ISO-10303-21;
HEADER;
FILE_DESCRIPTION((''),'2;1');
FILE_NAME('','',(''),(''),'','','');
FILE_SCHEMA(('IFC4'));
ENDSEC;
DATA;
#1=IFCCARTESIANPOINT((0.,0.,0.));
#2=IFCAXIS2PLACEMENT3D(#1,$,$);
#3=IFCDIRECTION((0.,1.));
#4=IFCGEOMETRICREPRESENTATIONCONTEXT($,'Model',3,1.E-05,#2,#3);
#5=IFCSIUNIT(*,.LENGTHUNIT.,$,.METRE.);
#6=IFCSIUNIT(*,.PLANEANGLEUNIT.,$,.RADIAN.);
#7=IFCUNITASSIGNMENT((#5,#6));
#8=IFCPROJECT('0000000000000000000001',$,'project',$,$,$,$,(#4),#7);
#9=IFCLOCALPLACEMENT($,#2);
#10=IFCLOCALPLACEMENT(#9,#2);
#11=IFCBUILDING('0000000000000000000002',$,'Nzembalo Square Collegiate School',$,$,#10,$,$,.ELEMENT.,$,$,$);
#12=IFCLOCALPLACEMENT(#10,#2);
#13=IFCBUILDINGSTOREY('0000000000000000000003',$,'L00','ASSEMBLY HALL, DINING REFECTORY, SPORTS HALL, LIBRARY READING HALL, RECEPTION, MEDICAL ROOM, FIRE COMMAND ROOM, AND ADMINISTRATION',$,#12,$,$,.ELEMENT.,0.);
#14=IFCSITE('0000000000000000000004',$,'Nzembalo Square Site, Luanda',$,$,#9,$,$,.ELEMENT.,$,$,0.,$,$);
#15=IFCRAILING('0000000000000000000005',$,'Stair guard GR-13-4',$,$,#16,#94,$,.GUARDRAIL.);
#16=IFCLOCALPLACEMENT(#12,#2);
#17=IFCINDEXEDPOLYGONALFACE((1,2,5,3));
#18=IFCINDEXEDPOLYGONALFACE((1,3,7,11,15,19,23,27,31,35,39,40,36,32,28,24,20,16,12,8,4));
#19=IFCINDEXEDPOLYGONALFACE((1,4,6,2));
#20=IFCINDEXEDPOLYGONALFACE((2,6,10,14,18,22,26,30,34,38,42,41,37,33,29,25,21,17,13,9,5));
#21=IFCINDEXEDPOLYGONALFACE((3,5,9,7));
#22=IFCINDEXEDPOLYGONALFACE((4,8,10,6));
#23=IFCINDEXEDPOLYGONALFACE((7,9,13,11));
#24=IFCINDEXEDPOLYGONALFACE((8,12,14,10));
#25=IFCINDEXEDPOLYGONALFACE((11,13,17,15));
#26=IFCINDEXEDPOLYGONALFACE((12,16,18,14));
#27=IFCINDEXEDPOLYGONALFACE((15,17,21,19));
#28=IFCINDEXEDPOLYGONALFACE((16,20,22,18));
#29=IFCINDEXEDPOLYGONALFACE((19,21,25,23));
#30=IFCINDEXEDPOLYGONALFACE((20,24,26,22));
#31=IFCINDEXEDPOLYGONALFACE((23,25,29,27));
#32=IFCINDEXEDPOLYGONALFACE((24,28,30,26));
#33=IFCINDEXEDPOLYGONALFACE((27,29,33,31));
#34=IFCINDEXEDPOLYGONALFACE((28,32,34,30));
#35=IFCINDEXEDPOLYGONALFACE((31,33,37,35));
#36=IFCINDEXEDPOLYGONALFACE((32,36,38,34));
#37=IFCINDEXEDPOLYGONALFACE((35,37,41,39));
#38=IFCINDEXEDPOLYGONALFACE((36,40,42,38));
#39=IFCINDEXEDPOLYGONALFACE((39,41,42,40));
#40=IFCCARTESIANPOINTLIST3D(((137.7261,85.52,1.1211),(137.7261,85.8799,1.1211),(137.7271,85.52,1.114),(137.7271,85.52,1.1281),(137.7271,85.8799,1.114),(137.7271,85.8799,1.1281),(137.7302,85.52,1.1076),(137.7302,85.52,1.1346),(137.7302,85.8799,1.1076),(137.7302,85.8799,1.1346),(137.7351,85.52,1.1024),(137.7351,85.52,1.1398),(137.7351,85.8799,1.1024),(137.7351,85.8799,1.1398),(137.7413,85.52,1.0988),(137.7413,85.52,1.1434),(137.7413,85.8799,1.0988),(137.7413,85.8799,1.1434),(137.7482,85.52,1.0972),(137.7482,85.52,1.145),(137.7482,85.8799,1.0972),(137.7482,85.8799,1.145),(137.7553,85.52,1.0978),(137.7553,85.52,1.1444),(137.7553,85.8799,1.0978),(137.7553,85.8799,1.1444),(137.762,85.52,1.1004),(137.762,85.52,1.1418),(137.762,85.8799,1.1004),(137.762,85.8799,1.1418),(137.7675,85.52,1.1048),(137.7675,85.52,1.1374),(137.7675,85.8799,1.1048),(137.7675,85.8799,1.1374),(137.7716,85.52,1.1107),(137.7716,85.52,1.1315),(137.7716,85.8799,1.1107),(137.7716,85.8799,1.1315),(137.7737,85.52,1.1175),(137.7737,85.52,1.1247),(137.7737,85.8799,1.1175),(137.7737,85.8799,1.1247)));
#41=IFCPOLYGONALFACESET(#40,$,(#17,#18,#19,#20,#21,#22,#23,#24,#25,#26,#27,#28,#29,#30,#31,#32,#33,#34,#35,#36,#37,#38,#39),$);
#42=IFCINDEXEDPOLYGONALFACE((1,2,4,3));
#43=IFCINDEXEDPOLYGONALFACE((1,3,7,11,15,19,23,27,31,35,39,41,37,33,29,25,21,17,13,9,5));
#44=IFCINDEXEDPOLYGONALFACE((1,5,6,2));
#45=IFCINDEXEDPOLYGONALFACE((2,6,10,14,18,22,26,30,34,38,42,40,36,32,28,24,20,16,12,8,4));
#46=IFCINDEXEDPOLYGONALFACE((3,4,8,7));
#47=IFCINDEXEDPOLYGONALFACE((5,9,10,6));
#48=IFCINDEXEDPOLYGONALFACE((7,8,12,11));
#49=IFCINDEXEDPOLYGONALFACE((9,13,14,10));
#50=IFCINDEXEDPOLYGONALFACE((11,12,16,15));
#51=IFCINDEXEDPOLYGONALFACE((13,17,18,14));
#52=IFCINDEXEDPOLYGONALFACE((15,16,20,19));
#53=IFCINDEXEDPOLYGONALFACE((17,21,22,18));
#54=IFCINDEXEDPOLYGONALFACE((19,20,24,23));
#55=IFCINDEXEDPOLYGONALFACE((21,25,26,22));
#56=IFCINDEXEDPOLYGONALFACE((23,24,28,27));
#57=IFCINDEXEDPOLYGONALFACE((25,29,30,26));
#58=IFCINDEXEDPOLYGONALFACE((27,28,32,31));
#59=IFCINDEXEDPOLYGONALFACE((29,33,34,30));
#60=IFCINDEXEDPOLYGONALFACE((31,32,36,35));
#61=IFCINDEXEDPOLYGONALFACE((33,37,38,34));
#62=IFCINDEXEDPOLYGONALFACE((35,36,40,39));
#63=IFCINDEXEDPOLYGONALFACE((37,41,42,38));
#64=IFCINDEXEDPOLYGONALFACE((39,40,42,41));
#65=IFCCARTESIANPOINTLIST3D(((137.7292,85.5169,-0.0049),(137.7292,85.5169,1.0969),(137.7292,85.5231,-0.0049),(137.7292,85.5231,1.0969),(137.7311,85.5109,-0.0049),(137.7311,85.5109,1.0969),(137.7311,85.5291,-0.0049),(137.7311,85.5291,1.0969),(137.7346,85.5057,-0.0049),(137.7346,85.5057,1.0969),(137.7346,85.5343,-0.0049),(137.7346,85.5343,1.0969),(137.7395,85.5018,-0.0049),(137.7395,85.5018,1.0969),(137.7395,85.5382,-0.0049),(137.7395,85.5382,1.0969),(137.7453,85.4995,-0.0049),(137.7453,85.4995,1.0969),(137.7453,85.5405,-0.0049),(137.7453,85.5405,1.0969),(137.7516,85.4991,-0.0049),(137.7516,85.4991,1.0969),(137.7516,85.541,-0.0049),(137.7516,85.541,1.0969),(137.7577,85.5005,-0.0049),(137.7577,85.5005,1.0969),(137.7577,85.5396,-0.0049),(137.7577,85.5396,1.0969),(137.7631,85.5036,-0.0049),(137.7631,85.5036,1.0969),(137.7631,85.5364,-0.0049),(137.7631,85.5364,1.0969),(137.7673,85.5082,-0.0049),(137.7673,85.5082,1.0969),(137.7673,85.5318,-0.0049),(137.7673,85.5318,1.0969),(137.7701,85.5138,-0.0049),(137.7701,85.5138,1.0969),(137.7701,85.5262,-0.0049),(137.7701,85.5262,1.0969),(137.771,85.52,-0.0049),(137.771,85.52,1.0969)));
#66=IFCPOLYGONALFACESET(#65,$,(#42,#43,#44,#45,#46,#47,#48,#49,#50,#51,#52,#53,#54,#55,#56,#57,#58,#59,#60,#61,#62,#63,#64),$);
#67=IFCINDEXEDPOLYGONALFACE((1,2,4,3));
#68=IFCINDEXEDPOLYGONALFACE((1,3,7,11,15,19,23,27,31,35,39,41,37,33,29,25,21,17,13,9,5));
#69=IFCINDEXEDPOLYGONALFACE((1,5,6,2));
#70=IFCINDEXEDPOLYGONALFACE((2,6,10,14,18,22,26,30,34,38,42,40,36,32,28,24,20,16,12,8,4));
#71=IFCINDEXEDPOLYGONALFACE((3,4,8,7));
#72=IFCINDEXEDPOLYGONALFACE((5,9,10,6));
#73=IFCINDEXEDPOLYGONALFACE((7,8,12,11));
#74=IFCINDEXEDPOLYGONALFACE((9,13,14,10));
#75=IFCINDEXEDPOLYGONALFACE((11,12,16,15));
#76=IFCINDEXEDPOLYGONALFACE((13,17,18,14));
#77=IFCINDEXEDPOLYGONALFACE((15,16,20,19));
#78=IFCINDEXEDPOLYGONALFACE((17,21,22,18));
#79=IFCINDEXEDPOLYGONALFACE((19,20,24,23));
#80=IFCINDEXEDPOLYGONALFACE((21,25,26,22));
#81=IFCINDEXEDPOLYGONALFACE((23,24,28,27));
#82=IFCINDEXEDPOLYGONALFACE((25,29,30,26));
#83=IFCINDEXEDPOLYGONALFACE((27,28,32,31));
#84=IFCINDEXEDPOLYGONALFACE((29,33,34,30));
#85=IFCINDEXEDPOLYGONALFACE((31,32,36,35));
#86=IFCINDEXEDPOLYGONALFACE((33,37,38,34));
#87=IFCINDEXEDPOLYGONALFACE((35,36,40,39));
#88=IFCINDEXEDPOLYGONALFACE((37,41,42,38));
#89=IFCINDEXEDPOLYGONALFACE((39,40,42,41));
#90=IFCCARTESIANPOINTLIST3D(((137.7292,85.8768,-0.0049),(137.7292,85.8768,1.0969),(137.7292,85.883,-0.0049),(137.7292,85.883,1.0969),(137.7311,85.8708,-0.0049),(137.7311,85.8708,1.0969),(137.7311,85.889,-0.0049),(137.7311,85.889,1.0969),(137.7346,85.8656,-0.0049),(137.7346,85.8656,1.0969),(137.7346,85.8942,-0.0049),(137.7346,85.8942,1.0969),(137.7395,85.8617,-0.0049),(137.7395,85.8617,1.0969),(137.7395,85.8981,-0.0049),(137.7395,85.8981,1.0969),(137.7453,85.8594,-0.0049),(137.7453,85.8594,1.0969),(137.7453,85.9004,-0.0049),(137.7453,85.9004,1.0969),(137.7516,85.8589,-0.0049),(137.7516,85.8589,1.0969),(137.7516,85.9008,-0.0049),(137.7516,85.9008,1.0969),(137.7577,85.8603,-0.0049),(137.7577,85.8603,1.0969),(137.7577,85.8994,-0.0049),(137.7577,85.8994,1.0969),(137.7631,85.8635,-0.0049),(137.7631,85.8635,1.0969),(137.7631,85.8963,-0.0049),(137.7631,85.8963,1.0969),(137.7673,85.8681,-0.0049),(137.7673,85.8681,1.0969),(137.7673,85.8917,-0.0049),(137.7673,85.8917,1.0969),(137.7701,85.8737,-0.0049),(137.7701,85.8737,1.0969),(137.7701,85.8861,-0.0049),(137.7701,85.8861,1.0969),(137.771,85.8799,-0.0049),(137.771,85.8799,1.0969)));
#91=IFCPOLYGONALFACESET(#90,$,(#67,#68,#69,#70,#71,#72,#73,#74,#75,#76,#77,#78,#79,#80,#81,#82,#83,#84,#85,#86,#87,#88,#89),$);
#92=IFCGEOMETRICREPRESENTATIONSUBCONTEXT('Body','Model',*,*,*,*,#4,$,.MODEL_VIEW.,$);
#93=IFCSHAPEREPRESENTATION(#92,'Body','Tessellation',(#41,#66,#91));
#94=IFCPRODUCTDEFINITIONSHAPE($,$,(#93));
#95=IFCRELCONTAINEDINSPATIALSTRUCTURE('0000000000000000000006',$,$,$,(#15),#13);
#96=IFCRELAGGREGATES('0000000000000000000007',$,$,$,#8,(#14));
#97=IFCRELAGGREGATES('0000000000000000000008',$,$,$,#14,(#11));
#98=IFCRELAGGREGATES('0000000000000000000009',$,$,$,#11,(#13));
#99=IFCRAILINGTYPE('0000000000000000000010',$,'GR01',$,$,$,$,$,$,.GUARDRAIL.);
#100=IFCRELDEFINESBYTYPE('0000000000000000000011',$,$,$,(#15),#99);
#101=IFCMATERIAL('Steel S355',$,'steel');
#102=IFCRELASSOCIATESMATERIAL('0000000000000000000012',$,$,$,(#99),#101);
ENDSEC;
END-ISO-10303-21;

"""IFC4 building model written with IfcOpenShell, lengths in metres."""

from ifc_helpers import new_model, si_unit, direction, frame, origin, origin_2d, place, context, subcontext, project, spatial, circle, extrude, material, type_object, element, save


model = new_model("IFC4")

# Units and contexts
model_context = context("Model", 3, precision=1e-05, world=origin(), true_north=direction((0.0, 1.0)))
body_context = subcontext(model_context, "Body", "Model", "MODEL_VIEW")
ifc_project = project(units=[si_unit("LENGTHUNIT", "METRE"), si_unit("PLANEANGLEUNIT", "RADIAN")], contexts=[model_context])

# Site, building, storey
site_placement = place(None, origin())
site = spatial("IfcSite", under=ifc_project, at=site_placement, Name="Nzembalo Square Site, Luanda", CompositionType="ELEMENT", RefElevation=0.0)
building_placement = place(site_placement, origin())
building = spatial("IfcBuilding", under=site, at=building_placement, Name="Nzembalo Square Collegiate School", CompositionType="ELEMENT")
storey_placement = place(building_placement, origin())
storey = spatial("IfcBuildingStorey", under=building, at=storey_placement, Name="L00", Description="ASSEMBLY HALL, DINING REFECTORY, SPORTS HALL, LIBRARY READING HALL, RECEPTION, MEDICAL ROOM, FIRE COMMAND ROOM, AND ADMINISTRATION", CompositionType="ELEMENT", Elevation=0.0)

# Railing
ifc_material_1 = material(Name="Steel S355", Category="steel")
railing_type_1 = type_object("IfcRailingType", Name="GR01", PredefinedType="GUARDRAIL", material=ifc_material_1)
railing_1_placement = place(storey_placement, frame((137.75, 85.52, -0.0049)))
element("IfcRailing", 1, at=railing_1_placement, inside=storey, type_object=railing_type_1, Name="Stair guard GR-13-4", PredefinedType="GUARDRAIL", context=body_context, shape_type="SweptSolid", body=[
    extrude(circle(Radius=0.0239, at=origin_2d()), frame((0.0, 0.0, 1.126), z_axis=(0.0, 1.0, 0.0), x_axis=(-1.0, 0.0, 0.0)), (0.0, 0.0, 1.0), 0.3599),
    extrude(circle(Radius=0.021, at=origin_2d()), origin(), (0.0, 0.0, 1.0), 1.1018),
    extrude(circle(Radius=0.021, at=origin_2d()), frame((0.0, 0.3599, 0.0)), (0.0, 0.0, 1.0), 1.1018),
])

save(model, "model.ifc")
